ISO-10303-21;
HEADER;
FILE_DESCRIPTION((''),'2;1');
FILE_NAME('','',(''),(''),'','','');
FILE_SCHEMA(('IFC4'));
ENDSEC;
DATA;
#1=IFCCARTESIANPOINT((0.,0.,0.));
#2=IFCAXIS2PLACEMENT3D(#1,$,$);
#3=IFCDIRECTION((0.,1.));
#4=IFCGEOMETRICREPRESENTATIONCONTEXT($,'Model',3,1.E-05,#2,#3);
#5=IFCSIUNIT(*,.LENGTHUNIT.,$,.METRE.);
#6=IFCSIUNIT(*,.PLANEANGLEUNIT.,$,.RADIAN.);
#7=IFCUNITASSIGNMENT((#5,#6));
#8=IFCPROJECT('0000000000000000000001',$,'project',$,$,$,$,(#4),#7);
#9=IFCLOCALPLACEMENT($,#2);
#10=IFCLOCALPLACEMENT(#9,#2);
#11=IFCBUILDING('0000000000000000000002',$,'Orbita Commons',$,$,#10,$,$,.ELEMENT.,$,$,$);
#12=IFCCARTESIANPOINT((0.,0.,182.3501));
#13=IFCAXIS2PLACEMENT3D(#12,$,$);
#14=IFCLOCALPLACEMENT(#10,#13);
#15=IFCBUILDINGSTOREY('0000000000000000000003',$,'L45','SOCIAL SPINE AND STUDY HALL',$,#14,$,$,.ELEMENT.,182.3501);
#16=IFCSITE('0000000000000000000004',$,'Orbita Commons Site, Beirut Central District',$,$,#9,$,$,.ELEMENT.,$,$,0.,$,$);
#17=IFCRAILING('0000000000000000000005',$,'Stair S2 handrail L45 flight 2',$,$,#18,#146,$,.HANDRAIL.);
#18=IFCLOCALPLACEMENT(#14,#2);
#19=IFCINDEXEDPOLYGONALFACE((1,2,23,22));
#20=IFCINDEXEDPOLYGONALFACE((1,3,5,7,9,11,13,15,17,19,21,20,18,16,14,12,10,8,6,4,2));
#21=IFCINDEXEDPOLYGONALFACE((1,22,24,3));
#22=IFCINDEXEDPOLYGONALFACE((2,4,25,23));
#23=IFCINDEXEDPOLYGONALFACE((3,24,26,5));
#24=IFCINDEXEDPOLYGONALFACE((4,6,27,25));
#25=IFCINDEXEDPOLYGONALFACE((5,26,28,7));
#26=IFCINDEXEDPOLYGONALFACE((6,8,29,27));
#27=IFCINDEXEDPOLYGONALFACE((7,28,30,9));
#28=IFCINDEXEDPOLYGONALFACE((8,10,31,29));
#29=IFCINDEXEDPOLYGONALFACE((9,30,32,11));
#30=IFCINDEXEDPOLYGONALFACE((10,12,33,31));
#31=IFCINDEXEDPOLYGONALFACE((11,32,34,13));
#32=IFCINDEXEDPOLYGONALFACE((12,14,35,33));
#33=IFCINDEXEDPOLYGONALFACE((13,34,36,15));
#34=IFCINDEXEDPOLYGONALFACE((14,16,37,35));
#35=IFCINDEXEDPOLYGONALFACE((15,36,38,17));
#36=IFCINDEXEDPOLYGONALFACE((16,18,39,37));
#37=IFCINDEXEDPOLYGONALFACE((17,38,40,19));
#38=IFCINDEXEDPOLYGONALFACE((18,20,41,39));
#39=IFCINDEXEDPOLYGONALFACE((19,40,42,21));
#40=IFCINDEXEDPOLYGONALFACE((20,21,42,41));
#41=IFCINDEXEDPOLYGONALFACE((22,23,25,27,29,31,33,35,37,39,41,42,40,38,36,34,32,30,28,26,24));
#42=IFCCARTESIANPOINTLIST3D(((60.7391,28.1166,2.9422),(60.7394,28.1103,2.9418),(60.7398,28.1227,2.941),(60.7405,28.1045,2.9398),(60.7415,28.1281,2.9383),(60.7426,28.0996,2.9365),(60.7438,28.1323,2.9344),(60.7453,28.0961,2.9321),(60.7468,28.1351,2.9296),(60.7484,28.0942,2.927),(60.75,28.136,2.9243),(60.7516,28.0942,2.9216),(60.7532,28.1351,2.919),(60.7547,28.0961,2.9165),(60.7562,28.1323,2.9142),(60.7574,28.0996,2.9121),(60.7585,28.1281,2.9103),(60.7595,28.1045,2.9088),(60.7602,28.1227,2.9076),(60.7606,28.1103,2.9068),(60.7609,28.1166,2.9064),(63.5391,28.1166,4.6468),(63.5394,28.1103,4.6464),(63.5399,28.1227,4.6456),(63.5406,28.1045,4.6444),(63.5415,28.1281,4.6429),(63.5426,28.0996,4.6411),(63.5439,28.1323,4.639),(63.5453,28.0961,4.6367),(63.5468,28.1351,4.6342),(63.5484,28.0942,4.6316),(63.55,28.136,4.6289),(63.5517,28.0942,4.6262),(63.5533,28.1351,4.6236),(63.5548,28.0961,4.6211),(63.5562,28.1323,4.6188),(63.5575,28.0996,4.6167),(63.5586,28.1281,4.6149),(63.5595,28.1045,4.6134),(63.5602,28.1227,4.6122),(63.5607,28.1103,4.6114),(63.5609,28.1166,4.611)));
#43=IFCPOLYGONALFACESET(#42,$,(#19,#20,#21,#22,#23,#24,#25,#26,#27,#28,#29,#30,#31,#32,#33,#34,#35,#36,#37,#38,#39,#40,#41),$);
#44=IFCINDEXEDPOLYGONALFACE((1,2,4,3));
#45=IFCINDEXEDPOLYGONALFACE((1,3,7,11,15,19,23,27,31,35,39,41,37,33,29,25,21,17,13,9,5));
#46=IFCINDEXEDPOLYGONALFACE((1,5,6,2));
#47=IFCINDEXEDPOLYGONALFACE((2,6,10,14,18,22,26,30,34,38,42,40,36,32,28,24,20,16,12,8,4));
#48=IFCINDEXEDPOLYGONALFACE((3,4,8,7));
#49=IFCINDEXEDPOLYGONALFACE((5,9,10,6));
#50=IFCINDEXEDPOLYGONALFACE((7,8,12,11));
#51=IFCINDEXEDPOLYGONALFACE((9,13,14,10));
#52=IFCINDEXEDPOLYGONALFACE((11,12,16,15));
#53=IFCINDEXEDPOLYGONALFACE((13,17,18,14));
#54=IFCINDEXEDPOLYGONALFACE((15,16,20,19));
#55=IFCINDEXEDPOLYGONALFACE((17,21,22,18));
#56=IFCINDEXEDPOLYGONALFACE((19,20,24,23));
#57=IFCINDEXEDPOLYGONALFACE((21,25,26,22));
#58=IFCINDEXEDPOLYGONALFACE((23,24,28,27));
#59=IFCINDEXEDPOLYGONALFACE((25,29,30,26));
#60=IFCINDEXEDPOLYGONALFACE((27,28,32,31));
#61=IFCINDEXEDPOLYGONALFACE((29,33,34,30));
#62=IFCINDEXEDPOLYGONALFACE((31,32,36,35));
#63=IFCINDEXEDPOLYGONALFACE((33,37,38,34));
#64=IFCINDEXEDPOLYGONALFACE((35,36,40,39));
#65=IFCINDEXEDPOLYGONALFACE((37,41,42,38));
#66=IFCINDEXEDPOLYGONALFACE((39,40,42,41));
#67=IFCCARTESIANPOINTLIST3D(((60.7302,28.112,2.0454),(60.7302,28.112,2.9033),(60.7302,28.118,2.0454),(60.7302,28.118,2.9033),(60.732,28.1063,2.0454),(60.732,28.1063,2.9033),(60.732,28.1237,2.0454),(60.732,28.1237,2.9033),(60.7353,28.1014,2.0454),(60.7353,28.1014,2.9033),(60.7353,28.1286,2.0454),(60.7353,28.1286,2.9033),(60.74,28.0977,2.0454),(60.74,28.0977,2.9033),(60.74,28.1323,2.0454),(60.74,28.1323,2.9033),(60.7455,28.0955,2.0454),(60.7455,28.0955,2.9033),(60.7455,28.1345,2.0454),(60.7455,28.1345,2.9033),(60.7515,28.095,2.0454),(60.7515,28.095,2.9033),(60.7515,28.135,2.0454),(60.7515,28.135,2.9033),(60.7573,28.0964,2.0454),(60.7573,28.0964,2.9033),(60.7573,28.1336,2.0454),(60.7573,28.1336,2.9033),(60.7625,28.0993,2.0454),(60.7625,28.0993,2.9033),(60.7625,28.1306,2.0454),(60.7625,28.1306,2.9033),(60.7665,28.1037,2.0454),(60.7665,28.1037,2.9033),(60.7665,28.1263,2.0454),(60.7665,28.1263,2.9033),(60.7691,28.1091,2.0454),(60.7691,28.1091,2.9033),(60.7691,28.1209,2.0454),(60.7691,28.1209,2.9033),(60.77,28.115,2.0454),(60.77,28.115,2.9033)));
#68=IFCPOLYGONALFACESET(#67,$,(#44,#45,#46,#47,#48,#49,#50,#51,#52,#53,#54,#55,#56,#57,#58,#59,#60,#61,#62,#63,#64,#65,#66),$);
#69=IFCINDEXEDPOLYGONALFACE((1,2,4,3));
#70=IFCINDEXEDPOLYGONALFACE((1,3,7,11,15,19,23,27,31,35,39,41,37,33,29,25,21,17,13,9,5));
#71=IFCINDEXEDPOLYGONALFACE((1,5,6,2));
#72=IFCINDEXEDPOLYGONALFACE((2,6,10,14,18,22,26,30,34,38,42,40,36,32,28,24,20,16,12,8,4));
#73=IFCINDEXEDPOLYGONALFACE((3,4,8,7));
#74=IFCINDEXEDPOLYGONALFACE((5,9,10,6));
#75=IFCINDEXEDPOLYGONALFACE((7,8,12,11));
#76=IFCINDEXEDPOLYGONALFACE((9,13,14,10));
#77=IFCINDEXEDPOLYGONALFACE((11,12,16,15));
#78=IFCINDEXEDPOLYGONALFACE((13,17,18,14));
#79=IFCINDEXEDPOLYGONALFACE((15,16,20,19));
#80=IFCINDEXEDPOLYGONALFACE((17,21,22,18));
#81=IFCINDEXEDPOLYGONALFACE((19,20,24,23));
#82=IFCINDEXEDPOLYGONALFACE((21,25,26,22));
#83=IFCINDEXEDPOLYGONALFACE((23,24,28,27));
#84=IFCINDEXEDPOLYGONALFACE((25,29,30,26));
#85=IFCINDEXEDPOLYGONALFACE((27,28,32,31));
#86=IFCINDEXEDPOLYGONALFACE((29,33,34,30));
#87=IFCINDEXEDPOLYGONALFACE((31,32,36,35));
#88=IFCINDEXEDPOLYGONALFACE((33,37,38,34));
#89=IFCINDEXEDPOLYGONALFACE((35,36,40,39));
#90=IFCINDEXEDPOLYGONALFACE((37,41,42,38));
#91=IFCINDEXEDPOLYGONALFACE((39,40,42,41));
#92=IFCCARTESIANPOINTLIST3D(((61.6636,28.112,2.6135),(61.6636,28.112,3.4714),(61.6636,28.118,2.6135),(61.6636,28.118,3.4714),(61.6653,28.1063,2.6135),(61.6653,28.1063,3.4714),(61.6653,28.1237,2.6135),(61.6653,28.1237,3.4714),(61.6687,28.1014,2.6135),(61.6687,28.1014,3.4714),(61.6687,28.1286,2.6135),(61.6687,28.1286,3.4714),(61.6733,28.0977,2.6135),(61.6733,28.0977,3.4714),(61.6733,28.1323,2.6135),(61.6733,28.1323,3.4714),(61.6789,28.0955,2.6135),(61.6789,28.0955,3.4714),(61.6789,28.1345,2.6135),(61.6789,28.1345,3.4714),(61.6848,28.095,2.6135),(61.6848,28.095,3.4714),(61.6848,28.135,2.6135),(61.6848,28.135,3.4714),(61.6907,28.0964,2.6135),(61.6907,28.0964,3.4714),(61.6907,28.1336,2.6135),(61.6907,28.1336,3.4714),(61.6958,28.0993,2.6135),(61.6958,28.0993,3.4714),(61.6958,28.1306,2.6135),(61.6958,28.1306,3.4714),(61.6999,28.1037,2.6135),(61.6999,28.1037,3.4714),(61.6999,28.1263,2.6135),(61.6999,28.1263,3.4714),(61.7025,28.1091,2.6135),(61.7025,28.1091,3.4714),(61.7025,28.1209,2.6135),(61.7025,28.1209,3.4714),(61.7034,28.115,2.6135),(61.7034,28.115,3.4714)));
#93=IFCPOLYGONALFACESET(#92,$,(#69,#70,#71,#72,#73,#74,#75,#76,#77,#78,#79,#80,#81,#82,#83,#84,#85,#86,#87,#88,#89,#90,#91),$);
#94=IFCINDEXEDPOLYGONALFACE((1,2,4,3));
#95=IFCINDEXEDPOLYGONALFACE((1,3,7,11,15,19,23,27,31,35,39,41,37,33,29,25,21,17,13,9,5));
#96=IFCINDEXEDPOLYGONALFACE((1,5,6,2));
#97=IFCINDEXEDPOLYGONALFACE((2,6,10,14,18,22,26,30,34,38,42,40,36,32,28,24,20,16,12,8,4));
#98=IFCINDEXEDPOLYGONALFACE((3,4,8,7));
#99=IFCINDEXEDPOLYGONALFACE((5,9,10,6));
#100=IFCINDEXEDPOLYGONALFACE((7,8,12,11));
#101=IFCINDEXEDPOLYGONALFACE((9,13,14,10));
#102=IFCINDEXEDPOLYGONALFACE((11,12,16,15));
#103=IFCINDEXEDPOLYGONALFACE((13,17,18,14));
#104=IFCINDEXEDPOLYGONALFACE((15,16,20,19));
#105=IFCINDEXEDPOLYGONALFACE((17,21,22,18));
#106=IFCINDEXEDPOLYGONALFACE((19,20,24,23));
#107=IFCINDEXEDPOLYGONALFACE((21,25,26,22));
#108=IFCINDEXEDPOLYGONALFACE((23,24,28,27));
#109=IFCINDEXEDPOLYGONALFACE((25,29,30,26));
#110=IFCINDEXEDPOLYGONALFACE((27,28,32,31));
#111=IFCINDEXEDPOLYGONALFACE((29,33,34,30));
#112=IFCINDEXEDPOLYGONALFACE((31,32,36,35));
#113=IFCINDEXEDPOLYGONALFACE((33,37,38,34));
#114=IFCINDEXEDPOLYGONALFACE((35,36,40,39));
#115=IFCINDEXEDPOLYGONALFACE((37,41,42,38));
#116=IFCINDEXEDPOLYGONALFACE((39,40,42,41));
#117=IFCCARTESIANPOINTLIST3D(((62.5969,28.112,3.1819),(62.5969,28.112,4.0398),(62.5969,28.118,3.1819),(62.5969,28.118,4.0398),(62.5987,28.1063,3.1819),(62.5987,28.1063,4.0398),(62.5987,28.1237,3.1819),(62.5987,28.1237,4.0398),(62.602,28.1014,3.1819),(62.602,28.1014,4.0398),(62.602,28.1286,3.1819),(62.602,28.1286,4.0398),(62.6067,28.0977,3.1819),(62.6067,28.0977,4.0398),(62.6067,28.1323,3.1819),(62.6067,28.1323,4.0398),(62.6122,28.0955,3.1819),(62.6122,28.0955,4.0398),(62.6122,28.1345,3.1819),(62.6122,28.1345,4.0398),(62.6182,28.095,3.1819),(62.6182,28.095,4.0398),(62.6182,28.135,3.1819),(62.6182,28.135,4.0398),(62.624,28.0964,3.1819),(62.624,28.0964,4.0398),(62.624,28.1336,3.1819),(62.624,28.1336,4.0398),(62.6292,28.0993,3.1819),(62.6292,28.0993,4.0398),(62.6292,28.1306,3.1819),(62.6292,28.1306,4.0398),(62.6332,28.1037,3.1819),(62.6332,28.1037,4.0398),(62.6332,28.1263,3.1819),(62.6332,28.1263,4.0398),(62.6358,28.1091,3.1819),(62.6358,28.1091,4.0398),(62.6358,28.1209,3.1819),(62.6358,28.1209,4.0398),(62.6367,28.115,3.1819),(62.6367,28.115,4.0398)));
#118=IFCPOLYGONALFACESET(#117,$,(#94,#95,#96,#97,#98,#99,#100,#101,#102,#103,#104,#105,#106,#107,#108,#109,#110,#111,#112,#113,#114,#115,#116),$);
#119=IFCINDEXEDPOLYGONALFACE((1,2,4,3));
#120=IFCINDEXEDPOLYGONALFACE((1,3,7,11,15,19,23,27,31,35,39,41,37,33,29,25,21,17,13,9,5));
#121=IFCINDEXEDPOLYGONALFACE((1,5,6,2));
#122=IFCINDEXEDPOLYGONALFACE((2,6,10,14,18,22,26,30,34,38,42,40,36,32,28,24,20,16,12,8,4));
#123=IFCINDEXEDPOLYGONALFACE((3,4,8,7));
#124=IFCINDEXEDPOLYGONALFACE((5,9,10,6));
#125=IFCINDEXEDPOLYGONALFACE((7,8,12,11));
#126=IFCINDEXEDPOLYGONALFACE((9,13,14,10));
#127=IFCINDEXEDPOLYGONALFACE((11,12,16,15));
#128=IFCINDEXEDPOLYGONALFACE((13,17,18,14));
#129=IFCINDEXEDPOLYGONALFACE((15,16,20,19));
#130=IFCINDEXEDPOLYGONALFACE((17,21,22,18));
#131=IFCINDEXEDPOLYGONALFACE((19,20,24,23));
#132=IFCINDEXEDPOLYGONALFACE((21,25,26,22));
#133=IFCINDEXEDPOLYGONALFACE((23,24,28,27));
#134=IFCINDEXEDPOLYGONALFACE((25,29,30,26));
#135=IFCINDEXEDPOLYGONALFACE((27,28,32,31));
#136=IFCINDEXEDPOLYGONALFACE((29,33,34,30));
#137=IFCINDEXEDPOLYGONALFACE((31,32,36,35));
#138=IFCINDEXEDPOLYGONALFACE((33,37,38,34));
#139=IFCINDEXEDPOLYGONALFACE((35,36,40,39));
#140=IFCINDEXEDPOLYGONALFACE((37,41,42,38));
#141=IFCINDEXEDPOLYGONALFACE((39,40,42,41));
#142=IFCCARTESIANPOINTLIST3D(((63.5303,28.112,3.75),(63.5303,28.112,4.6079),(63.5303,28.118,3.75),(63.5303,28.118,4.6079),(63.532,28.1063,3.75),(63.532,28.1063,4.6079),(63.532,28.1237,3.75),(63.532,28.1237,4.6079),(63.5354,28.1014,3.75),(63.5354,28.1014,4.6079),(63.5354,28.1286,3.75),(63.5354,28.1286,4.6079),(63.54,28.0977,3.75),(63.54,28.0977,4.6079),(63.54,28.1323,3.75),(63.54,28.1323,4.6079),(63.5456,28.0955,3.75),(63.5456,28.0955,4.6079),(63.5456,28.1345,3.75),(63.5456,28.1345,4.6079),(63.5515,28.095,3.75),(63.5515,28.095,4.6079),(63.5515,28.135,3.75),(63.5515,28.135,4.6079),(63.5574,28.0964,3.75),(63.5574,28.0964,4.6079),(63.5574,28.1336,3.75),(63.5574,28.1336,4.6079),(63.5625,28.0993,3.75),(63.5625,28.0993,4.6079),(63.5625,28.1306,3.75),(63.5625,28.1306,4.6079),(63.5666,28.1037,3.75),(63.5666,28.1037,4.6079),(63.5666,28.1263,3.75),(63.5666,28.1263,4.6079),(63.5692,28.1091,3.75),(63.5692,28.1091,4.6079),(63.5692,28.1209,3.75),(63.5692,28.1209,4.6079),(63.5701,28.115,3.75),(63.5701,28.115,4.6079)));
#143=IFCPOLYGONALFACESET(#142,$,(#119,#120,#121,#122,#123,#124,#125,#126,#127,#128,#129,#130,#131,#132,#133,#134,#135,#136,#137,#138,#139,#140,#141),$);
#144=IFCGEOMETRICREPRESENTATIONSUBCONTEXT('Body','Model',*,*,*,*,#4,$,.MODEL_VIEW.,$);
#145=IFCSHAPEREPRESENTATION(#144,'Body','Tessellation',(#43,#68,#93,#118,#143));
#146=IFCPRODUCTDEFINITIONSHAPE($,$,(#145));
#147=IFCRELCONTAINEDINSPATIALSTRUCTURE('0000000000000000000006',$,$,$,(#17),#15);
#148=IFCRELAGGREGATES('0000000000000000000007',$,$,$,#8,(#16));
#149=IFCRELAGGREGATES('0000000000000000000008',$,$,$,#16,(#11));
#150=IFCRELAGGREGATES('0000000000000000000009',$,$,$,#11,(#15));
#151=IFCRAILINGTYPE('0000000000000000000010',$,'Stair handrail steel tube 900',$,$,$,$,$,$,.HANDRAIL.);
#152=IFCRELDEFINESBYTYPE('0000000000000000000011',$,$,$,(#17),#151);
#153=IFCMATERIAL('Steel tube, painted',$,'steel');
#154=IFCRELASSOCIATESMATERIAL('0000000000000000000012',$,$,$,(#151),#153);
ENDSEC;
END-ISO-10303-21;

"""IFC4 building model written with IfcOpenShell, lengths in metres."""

from ifc_helpers import new_model, si_unit, direction, frame, origin, origin_2d, place, context, subcontext, project, spatial, circle, extrude, material, type_object, element, save


model = new_model("IFC4")

# Units and contexts
model_context = context("Model", 3, precision=1e-05, world=origin(), true_north=direction((0.0, 1.0)))
body_context = subcontext(model_context, "Body", "Model", "MODEL_VIEW")
ifc_project = project(units=[si_unit("LENGTHUNIT", "METRE"), si_unit("PLANEANGLEUNIT", "RADIAN")], contexts=[model_context])

# Site, building, storey
site_placement = place(None, origin())
site = spatial("IfcSite", under=ifc_project, at=site_placement, Name="Orbita Commons Site, Beirut Central District", CompositionType="ELEMENT", RefElevation=0.0)
building_placement = place(site_placement, origin())
building = spatial("IfcBuilding", under=site, at=building_placement, Name="Orbita Commons", CompositionType="ELEMENT")
storey_placement = place(building_placement, frame((0.0, 0.0, 182.3501)))
storey = spatial("IfcBuildingStorey", under=building, at=storey_placement, Name="L45", Description="SOCIAL SPINE AND STUDY HALL", CompositionType="ELEMENT", Elevation=182.3501)

# Railing
ifc_material_1 = material(Name="Steel tube, painted", Category="steel")
railing_type = type_object("IfcRailingType", Name="Stair handrail steel tube 900", PredefinedType="HANDRAIL", material=ifc_material_1)
for number, where, name in (
    (1, (60.75, 28.115, 2.0454), "Stair S2 handrail L45 flight 2"),
):
    element("IfcRailing", number, at=place(storey_placement, frame(where)), inside=storey, type_object=railing_type, Name=name, PredefinedType="HANDRAIL", context=body_context, shape_type="SweptSolid", body=[
        extrude(circle(Radius=0.021, at=origin_2d()), frame((0.0, 0.0, 0.8789), z_axis=(0.85417, 0.0, 0.519994), x_axis=(0.0, 1.0, 0.0)), (0.0, 0.0, 1.0), 3.2781),
        extrude(circle(Radius=0.02, at=origin_2d()), origin(), (0.0, 0.0, 1.0), 0.8579),
        extrude(circle(Radius=0.02, at=origin_2d()), frame((0.9333, 0.0, 0.5681)), (0.0, 0.0, 1.0), 0.8579),
        extrude(circle(Radius=0.02, at=origin_2d()), frame((1.8667, 0.0, 1.1365)), (0.0, 0.0, 1.0), 0.8579),
        extrude(circle(Radius=0.02, at=origin_2d()), frame((2.8, 0.0, 1.7046)), (0.0, 0.0, 1.0), 0.8579),
    ])

save(model, "model.ifc")
